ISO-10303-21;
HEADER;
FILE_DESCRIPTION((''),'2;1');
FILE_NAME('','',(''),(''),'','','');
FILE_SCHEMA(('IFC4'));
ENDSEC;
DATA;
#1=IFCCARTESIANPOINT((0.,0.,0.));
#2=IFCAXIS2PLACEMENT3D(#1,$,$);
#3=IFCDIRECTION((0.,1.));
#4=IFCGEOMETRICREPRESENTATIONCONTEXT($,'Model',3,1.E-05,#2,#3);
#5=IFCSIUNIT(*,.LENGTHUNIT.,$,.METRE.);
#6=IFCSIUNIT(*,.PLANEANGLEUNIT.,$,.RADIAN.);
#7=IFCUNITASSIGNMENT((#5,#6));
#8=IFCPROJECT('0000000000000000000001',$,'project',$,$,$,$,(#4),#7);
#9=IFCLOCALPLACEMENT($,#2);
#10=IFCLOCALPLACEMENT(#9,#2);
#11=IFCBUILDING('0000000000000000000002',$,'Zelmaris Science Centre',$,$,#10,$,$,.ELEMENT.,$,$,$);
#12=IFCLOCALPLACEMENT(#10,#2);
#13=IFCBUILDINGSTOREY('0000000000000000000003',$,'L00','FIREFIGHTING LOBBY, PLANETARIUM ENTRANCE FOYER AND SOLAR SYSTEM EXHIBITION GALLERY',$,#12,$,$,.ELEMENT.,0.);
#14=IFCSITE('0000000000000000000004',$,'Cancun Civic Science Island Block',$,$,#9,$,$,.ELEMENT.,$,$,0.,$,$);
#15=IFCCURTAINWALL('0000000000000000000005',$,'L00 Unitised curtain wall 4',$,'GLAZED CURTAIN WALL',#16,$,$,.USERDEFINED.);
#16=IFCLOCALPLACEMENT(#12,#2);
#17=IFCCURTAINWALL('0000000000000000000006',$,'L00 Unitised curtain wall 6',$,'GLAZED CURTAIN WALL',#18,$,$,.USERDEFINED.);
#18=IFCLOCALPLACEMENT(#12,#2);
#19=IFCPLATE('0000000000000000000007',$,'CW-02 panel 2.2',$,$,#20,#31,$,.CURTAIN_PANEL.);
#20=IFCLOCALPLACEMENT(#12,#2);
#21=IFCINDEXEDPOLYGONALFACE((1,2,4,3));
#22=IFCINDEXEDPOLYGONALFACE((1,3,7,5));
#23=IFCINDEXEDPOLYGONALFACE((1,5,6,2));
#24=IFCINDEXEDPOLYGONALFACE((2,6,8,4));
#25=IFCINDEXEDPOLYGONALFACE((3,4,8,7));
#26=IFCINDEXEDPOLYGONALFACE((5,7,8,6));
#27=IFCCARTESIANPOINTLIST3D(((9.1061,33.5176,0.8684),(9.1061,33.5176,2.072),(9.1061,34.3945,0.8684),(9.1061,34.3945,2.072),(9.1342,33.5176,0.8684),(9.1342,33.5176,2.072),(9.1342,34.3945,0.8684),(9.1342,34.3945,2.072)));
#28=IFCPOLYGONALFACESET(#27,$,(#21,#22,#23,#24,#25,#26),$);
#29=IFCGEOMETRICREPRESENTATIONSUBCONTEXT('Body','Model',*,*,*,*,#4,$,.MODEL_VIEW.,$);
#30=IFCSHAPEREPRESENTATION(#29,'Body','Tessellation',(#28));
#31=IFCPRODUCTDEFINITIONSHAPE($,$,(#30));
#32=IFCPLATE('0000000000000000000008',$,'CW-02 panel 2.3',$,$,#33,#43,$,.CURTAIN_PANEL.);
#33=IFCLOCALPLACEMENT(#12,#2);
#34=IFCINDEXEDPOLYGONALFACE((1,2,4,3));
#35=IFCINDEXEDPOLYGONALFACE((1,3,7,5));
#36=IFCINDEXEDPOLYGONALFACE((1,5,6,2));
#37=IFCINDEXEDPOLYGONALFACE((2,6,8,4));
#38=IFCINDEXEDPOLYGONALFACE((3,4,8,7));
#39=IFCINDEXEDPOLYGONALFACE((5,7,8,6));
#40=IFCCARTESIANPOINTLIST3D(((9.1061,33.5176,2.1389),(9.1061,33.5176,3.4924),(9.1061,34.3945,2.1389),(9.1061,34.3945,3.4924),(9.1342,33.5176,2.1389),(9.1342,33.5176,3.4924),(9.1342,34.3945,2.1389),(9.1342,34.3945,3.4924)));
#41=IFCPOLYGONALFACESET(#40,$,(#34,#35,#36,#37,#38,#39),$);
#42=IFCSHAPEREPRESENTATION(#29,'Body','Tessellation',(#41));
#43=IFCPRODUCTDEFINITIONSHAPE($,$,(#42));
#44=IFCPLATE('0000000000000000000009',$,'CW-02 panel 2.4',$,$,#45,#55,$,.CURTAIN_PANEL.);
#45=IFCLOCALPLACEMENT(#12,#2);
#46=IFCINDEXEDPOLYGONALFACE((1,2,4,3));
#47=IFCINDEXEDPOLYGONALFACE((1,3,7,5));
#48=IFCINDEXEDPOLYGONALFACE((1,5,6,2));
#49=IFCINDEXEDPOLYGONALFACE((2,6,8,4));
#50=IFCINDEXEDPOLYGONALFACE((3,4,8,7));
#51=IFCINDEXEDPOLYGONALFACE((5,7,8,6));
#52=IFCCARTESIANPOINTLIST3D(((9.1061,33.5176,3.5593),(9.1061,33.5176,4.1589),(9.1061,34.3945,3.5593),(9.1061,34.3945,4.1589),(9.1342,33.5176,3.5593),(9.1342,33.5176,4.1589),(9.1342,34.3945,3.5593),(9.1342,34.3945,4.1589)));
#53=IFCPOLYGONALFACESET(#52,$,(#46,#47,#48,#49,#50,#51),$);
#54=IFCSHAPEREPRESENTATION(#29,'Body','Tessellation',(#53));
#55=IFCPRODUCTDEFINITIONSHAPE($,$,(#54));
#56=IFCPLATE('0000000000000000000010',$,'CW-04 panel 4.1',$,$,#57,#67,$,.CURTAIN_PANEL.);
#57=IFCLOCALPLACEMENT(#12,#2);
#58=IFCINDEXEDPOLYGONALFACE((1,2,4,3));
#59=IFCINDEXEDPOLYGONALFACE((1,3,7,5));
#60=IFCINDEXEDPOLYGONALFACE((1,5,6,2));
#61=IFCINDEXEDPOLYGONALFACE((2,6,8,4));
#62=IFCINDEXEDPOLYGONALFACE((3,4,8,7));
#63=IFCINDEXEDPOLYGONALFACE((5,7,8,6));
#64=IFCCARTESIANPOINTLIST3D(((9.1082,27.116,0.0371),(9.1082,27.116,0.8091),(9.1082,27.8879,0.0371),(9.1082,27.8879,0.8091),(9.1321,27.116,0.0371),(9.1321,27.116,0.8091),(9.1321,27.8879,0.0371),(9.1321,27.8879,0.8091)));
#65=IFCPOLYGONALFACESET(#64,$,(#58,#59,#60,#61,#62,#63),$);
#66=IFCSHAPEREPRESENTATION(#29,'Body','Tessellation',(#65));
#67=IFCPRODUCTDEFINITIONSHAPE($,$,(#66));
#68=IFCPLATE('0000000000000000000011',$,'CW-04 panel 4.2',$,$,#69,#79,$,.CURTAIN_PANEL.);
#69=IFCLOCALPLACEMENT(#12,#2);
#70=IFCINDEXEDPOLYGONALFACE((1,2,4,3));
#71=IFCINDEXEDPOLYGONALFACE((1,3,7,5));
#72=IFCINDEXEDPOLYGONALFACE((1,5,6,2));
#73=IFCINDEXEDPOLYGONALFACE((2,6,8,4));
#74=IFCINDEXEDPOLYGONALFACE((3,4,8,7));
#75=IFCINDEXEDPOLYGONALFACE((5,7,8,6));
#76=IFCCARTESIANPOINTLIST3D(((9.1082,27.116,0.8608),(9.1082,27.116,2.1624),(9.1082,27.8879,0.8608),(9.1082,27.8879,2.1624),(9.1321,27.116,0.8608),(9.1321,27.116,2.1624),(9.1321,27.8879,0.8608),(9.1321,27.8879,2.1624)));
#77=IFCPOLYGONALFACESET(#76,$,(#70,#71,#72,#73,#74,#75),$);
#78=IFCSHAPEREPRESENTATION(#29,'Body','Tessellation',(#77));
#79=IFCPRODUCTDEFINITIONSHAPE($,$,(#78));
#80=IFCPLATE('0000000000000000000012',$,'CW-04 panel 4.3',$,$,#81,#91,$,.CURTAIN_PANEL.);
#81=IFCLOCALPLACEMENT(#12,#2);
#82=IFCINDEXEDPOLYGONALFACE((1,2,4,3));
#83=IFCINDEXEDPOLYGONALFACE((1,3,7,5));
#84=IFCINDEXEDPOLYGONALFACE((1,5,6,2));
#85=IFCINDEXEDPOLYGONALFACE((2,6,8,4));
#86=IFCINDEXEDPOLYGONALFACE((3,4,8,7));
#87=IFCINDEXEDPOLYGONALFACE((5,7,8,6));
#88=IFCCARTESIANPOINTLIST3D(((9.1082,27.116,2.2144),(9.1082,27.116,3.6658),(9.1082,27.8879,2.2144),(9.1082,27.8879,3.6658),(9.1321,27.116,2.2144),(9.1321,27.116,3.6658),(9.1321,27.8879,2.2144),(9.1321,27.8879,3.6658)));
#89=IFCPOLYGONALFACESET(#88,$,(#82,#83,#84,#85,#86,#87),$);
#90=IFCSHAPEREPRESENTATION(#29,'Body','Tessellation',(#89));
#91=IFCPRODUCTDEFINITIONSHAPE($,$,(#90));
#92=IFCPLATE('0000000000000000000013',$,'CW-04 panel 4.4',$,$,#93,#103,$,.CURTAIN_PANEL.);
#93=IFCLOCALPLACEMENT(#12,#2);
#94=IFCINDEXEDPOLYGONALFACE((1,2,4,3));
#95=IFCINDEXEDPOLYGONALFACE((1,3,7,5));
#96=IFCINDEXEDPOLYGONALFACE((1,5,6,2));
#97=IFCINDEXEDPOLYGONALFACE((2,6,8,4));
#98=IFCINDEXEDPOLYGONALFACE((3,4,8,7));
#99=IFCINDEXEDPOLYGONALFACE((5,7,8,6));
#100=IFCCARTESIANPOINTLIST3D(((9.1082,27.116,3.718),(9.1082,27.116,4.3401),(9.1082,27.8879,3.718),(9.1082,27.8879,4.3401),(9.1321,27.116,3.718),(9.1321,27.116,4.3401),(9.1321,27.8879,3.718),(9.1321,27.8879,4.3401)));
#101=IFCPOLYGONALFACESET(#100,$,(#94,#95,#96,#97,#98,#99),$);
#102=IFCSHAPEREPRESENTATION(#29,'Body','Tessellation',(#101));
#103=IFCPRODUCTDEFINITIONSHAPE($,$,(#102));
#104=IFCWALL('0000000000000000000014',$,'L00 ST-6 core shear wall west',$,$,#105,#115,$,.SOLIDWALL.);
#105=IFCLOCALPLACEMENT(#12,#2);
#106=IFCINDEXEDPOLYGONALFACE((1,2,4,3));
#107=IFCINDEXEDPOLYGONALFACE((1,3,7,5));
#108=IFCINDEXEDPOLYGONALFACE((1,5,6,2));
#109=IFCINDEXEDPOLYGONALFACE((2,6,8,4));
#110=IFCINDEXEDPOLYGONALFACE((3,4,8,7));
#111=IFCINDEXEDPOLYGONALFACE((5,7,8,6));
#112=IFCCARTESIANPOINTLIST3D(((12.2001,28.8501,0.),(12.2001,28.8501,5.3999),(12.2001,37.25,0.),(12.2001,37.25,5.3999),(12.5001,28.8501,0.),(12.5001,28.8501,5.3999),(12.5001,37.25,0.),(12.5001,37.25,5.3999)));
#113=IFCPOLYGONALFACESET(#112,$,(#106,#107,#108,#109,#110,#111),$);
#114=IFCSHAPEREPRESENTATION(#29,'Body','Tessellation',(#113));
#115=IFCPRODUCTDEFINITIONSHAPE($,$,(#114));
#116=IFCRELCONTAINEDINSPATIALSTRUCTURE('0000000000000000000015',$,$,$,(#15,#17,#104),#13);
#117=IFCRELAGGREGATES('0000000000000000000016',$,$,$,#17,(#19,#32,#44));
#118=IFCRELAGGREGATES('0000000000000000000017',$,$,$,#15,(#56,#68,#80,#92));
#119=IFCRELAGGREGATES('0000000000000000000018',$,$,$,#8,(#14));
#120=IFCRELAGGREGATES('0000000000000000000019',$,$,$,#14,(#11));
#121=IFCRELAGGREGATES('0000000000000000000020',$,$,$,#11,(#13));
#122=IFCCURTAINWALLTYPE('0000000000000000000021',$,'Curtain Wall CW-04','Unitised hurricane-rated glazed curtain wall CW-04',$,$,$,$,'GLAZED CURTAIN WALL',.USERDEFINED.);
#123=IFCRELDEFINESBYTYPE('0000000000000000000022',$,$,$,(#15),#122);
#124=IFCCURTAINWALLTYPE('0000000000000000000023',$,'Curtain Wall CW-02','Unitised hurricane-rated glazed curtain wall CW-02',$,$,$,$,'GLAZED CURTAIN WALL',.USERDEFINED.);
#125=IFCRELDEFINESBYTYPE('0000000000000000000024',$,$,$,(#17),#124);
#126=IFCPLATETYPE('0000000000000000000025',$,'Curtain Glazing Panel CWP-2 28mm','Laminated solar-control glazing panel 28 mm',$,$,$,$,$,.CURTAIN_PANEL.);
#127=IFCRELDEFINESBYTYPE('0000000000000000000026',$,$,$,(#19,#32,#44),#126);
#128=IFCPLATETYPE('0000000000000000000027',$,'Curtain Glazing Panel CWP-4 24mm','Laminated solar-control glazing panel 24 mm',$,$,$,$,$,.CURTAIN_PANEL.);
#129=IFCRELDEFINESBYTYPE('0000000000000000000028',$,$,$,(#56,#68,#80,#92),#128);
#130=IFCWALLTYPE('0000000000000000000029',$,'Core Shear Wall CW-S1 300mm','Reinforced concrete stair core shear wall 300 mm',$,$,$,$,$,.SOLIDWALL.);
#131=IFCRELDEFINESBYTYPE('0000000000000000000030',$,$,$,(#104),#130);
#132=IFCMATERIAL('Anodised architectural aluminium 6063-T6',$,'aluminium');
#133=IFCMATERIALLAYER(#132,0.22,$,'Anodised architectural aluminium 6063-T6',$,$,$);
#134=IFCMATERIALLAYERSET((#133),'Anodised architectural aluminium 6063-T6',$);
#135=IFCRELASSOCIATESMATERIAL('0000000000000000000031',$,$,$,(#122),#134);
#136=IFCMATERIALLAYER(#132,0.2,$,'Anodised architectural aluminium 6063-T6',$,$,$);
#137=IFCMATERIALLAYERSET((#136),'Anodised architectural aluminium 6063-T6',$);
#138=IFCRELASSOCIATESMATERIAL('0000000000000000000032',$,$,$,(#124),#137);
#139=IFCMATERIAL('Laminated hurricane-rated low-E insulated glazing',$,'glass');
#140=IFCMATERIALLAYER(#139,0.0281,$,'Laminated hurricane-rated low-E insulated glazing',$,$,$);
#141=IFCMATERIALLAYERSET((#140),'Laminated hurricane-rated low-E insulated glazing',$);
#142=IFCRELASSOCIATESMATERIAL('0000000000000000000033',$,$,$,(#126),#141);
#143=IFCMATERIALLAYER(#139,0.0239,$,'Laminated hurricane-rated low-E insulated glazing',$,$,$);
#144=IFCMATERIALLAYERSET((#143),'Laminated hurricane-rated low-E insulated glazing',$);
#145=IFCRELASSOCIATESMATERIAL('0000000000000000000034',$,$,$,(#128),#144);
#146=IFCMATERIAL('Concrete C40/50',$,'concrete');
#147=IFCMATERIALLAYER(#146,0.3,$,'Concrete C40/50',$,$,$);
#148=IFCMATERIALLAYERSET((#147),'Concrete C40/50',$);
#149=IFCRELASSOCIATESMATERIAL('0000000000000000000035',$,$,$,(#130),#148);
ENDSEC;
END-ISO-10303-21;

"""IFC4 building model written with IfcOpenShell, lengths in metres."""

from ifc_helpers import new_model, si_unit, direction, frame, frame_2d, origin, origin_2d, place, context, subcontext, project, spatial, rectangle, extrude, material, layer, layer_set, type_object, element, aggregate, save


model = new_model("IFC4")

# Units and contexts
model_context = context("Model", 3, precision=1e-05, world=origin(), true_north=direction((0.0, 1.0)))
body_context = subcontext(model_context, "Body", "Model", "MODEL_VIEW")
ifc_project = project(units=[si_unit("LENGTHUNIT", "METRE"), si_unit("PLANEANGLEUNIT", "RADIAN")], contexts=[model_context])

# Site, building, storey
site_placement = place(None, origin())
site = spatial("IfcSite", under=ifc_project, at=site_placement, Name="Cancun Civic Science Island Block", CompositionType="ELEMENT", RefElevation=0.0)
building_placement = place(site_placement, origin())
building = spatial("IfcBuilding", under=site, at=building_placement, Name="Zelmaris Science Centre", CompositionType="ELEMENT")
storey_placement = place(building_placement, origin())
storey = spatial("IfcBuildingStorey", under=building, at=storey_placement, Name="L00", Description="FIREFIGHTING LOBBY, PLANETARIUM ENTRANCE FOYER AND SOLAR SYSTEM EXHIBITION GALLERY", CompositionType="ELEMENT", Elevation=0.0)

# Curtain wall
ifc_material_1 = material(Name="Anodised architectural aluminium 6063-T6", Category="aluminium")
ifc_layer_1 = layer(ifc_material_1, 0.22, Name="Anodised architectural aluminium 6063-T6")
ifc_layer_set_1 = layer_set([ifc_layer_1], Name="Anodised architectural aluminium 6063-T6")
curtain_wall_type_1 = type_object("IfcCurtainWallType", Name="Curtain Wall CW-04", Description="Unitised hurricane-rated glazed curtain wall CW-04", ElementType="GLAZED CURTAIN WALL", PredefinedType="USERDEFINED", material=ifc_layer_set_1)
curtain_wall_1_placement = place(storey_placement, origin())
curtain_wall_1 = element("IfcCurtainWall", 1, at=curtain_wall_1_placement, inside=storey, type_object=curtain_wall_type_1, Name="L00 Unitised curtain wall 4", ObjectType="GLAZED CURTAIN WALL", PredefinedType="USERDEFINED")

# Curtain wall
ifc_layer_2 = layer(ifc_material_1, 0.2, Name="Anodised architectural aluminium 6063-T6")
ifc_layer_set_2 = layer_set([ifc_layer_2], Name="Anodised architectural aluminium 6063-T6")
curtain_wall_type_2 = type_object("IfcCurtainWallType", Name="Curtain Wall CW-02", Description="Unitised hurricane-rated glazed curtain wall CW-02", ElementType="GLAZED CURTAIN WALL", PredefinedType="USERDEFINED", material=ifc_layer_set_2)
curtain_wall_2_placement = place(storey_placement, origin())
curtain_wall_2 = element("IfcCurtainWall", 2, at=curtain_wall_2_placement, inside=storey, type_object=curtain_wall_type_2, Name="L00 Unitised curtain wall 6", ObjectType="GLAZED CURTAIN WALL", PredefinedType="USERDEFINED")

# Plates
ifc_material_2 = material(Name="Laminated hurricane-rated low-E insulated glazing", Category="glass")
ifc_layer_3 = layer(ifc_material_2, 0.0281, Name="Laminated hurricane-rated low-E insulated glazing")
ifc_layer_set_3 = layer_set([ifc_layer_3], Name="Laminated hurricane-rated low-E insulated glazing")
plate_type_1 = type_object("IfcPlateType", Name="Curtain Glazing Panel CWP-2 28mm", Description="Laminated solar-control glazing panel 28 mm", PredefinedType="CURTAIN_PANEL", material=ifc_layer_set_3)
plate_1_placement = place(storey_placement, frame((9.1201, 33.9561, 0.8684), z_axis=(0.0, 0.0, 1.0), x_axis=(0.0, 1.0, 0.0)))
plate_1 = element("IfcPlate", 3, at=plate_1_placement, type_object=plate_type_1, Name="CW-02 panel 2.2", PredefinedType="CURTAIN_PANEL", context=body_context, shape_type="SweptSolid", body=[
    extrude(rectangle(XDim=0.877, YDim=0.0281, at=origin_2d()), origin(), (0.0, 0.0, 1.0), 1.2036),
])
plate_2_placement = place(storey_placement, frame((9.1201, 33.9561, 2.1389), z_axis=(0.0, 0.0, 1.0), x_axis=(0.0, 1.0, 0.0)))
plate_2 = element("IfcPlate", 4, at=plate_2_placement, type_object=plate_type_1, Name="CW-02 panel 2.3", PredefinedType="CURTAIN_PANEL", context=body_context, shape_type="SweptSolid", body=[
    extrude(rectangle(XDim=0.877, YDim=0.0281, at=origin_2d()), origin(), (0.0, 0.0, 1.0), 1.3535),
])
plate_3_placement = place(storey_placement, frame((9.1201, 33.9561, 3.5593), z_axis=(0.0, 0.0, 1.0), x_axis=(0.0, 1.0, 0.0)))
plate_3 = element("IfcPlate", 5, at=plate_3_placement, type_object=plate_type_1, Name="CW-02 panel 2.4", PredefinedType="CURTAIN_PANEL", context=body_context, shape_type="SweptSolid", body=[
    extrude(rectangle(XDim=0.877, YDim=0.0281, at=origin_2d()), origin(), (0.0, 0.0, 1.0), 0.5996),
])
aggregate(curtain_wall_2, [plate_1, plate_2, plate_3])
ifc_layer_4 = layer(ifc_material_2, 0.0239, Name="Laminated hurricane-rated low-E insulated glazing")
ifc_layer_set_4 = layer_set([ifc_layer_4], Name="Laminated hurricane-rated low-E insulated glazing")
plate_type_2 = type_object("IfcPlateType", Name="Curtain Glazing Panel CWP-4 24mm", Description="Laminated solar-control glazing panel 24 mm", PredefinedType="CURTAIN_PANEL", material=ifc_layer_set_4)
plate_4_placement = place(storey_placement, frame((9.1201, 27.502, 0.0371), z_axis=(0.0, 0.0, 1.0), x_axis=(0.0, 1.0, 0.0)))
plate_4 = element("IfcPlate", 6, at=plate_4_placement, type_object=plate_type_2, Name="CW-04 panel 4.1", PredefinedType="CURTAIN_PANEL", context=body_context, shape_type="SweptSolid", body=[
    extrude(rectangle(XDim=0.772, YDim=0.0239, at=origin_2d()), origin(), (0.0, 0.0, 1.0), 0.772),
])
plate_5_placement = place(storey_placement, frame((9.1201, 27.502, 0.8608), z_axis=(0.0, 0.0, 1.0), x_axis=(0.0, 1.0, 0.0)))
plate_5 = element("IfcPlate", 7, at=plate_5_placement, type_object=plate_type_2, Name="CW-04 panel 4.2", PredefinedType="CURTAIN_PANEL", context=body_context, shape_type="SweptSolid", body=[
    extrude(rectangle(XDim=0.772, YDim=0.0239, at=origin_2d()), origin(), (0.0, 0.0, 1.0), 1.3015),
])
plate_6_placement = place(storey_placement, frame((9.1201, 27.502, 2.2144), z_axis=(0.0, 0.0, 1.0), x_axis=(0.0, 1.0, 0.0)))
plate_6 = element("IfcPlate", 8, at=plate_6_placement, type_object=plate_type_2, Name="CW-04 panel 4.3", PredefinedType="CURTAIN_PANEL", context=body_context, shape_type="SweptSolid", body=[
    extrude(rectangle(XDim=0.772, YDim=0.0239, at=origin_2d()), origin(), (0.0, 0.0, 1.0), 1.4514),
])
plate_7_placement = place(storey_placement, frame((9.1201, 27.502, 3.718), z_axis=(0.0, 0.0, 1.0), x_axis=(0.0, 1.0, 0.0)))
plate_7 = element("IfcPlate", 9, at=plate_7_placement, type_object=plate_type_2, Name="CW-04 panel 4.4", PredefinedType="CURTAIN_PANEL", context=body_context, shape_type="SweptSolid", body=[
    extrude(rectangle(XDim=0.772, YDim=0.0239, at=origin_2d()), origin(), (0.0, 0.0, 1.0), 0.6221),
])
aggregate(curtain_wall_1, [plate_4, plate_5, plate_6, plate_7])

# Wall
ifc_material_3 = material(Name="Concrete C40/50", Category="concrete")
ifc_layer_5 = layer(ifc_material_3, 0.3, Name="Concrete C40/50")
ifc_layer_set_5 = layer_set([ifc_layer_5], Name="Concrete C40/50")
wall_type = type_object("IfcWallType", Name="Core Shear Wall CW-S1 300mm", Description="Reinforced concrete stair core shear wall 300 mm", PredefinedType="SOLIDWALL", material=ifc_layer_set_5)
wall_placement = place(storey_placement, frame((12.3501, 28.8501, 0.0), z_axis=(0.0, 0.0, 1.0), x_axis=(0.0, 1.0, 0.0)))
element("IfcWall", 10, at=wall_placement, inside=storey, type_object=wall_type, Name="L00 ST-6 core shear wall west", PredefinedType="SOLIDWALL", context=body_context, shape_type="SweptSolid", body=[
    extrude(rectangle(XDim=8.3999, YDim=0.3, at=frame_2d((4.2, 0.0))), origin(), (0.0, 0.0, 1.0), 5.3999),
])

save(model, "model.ifc")
